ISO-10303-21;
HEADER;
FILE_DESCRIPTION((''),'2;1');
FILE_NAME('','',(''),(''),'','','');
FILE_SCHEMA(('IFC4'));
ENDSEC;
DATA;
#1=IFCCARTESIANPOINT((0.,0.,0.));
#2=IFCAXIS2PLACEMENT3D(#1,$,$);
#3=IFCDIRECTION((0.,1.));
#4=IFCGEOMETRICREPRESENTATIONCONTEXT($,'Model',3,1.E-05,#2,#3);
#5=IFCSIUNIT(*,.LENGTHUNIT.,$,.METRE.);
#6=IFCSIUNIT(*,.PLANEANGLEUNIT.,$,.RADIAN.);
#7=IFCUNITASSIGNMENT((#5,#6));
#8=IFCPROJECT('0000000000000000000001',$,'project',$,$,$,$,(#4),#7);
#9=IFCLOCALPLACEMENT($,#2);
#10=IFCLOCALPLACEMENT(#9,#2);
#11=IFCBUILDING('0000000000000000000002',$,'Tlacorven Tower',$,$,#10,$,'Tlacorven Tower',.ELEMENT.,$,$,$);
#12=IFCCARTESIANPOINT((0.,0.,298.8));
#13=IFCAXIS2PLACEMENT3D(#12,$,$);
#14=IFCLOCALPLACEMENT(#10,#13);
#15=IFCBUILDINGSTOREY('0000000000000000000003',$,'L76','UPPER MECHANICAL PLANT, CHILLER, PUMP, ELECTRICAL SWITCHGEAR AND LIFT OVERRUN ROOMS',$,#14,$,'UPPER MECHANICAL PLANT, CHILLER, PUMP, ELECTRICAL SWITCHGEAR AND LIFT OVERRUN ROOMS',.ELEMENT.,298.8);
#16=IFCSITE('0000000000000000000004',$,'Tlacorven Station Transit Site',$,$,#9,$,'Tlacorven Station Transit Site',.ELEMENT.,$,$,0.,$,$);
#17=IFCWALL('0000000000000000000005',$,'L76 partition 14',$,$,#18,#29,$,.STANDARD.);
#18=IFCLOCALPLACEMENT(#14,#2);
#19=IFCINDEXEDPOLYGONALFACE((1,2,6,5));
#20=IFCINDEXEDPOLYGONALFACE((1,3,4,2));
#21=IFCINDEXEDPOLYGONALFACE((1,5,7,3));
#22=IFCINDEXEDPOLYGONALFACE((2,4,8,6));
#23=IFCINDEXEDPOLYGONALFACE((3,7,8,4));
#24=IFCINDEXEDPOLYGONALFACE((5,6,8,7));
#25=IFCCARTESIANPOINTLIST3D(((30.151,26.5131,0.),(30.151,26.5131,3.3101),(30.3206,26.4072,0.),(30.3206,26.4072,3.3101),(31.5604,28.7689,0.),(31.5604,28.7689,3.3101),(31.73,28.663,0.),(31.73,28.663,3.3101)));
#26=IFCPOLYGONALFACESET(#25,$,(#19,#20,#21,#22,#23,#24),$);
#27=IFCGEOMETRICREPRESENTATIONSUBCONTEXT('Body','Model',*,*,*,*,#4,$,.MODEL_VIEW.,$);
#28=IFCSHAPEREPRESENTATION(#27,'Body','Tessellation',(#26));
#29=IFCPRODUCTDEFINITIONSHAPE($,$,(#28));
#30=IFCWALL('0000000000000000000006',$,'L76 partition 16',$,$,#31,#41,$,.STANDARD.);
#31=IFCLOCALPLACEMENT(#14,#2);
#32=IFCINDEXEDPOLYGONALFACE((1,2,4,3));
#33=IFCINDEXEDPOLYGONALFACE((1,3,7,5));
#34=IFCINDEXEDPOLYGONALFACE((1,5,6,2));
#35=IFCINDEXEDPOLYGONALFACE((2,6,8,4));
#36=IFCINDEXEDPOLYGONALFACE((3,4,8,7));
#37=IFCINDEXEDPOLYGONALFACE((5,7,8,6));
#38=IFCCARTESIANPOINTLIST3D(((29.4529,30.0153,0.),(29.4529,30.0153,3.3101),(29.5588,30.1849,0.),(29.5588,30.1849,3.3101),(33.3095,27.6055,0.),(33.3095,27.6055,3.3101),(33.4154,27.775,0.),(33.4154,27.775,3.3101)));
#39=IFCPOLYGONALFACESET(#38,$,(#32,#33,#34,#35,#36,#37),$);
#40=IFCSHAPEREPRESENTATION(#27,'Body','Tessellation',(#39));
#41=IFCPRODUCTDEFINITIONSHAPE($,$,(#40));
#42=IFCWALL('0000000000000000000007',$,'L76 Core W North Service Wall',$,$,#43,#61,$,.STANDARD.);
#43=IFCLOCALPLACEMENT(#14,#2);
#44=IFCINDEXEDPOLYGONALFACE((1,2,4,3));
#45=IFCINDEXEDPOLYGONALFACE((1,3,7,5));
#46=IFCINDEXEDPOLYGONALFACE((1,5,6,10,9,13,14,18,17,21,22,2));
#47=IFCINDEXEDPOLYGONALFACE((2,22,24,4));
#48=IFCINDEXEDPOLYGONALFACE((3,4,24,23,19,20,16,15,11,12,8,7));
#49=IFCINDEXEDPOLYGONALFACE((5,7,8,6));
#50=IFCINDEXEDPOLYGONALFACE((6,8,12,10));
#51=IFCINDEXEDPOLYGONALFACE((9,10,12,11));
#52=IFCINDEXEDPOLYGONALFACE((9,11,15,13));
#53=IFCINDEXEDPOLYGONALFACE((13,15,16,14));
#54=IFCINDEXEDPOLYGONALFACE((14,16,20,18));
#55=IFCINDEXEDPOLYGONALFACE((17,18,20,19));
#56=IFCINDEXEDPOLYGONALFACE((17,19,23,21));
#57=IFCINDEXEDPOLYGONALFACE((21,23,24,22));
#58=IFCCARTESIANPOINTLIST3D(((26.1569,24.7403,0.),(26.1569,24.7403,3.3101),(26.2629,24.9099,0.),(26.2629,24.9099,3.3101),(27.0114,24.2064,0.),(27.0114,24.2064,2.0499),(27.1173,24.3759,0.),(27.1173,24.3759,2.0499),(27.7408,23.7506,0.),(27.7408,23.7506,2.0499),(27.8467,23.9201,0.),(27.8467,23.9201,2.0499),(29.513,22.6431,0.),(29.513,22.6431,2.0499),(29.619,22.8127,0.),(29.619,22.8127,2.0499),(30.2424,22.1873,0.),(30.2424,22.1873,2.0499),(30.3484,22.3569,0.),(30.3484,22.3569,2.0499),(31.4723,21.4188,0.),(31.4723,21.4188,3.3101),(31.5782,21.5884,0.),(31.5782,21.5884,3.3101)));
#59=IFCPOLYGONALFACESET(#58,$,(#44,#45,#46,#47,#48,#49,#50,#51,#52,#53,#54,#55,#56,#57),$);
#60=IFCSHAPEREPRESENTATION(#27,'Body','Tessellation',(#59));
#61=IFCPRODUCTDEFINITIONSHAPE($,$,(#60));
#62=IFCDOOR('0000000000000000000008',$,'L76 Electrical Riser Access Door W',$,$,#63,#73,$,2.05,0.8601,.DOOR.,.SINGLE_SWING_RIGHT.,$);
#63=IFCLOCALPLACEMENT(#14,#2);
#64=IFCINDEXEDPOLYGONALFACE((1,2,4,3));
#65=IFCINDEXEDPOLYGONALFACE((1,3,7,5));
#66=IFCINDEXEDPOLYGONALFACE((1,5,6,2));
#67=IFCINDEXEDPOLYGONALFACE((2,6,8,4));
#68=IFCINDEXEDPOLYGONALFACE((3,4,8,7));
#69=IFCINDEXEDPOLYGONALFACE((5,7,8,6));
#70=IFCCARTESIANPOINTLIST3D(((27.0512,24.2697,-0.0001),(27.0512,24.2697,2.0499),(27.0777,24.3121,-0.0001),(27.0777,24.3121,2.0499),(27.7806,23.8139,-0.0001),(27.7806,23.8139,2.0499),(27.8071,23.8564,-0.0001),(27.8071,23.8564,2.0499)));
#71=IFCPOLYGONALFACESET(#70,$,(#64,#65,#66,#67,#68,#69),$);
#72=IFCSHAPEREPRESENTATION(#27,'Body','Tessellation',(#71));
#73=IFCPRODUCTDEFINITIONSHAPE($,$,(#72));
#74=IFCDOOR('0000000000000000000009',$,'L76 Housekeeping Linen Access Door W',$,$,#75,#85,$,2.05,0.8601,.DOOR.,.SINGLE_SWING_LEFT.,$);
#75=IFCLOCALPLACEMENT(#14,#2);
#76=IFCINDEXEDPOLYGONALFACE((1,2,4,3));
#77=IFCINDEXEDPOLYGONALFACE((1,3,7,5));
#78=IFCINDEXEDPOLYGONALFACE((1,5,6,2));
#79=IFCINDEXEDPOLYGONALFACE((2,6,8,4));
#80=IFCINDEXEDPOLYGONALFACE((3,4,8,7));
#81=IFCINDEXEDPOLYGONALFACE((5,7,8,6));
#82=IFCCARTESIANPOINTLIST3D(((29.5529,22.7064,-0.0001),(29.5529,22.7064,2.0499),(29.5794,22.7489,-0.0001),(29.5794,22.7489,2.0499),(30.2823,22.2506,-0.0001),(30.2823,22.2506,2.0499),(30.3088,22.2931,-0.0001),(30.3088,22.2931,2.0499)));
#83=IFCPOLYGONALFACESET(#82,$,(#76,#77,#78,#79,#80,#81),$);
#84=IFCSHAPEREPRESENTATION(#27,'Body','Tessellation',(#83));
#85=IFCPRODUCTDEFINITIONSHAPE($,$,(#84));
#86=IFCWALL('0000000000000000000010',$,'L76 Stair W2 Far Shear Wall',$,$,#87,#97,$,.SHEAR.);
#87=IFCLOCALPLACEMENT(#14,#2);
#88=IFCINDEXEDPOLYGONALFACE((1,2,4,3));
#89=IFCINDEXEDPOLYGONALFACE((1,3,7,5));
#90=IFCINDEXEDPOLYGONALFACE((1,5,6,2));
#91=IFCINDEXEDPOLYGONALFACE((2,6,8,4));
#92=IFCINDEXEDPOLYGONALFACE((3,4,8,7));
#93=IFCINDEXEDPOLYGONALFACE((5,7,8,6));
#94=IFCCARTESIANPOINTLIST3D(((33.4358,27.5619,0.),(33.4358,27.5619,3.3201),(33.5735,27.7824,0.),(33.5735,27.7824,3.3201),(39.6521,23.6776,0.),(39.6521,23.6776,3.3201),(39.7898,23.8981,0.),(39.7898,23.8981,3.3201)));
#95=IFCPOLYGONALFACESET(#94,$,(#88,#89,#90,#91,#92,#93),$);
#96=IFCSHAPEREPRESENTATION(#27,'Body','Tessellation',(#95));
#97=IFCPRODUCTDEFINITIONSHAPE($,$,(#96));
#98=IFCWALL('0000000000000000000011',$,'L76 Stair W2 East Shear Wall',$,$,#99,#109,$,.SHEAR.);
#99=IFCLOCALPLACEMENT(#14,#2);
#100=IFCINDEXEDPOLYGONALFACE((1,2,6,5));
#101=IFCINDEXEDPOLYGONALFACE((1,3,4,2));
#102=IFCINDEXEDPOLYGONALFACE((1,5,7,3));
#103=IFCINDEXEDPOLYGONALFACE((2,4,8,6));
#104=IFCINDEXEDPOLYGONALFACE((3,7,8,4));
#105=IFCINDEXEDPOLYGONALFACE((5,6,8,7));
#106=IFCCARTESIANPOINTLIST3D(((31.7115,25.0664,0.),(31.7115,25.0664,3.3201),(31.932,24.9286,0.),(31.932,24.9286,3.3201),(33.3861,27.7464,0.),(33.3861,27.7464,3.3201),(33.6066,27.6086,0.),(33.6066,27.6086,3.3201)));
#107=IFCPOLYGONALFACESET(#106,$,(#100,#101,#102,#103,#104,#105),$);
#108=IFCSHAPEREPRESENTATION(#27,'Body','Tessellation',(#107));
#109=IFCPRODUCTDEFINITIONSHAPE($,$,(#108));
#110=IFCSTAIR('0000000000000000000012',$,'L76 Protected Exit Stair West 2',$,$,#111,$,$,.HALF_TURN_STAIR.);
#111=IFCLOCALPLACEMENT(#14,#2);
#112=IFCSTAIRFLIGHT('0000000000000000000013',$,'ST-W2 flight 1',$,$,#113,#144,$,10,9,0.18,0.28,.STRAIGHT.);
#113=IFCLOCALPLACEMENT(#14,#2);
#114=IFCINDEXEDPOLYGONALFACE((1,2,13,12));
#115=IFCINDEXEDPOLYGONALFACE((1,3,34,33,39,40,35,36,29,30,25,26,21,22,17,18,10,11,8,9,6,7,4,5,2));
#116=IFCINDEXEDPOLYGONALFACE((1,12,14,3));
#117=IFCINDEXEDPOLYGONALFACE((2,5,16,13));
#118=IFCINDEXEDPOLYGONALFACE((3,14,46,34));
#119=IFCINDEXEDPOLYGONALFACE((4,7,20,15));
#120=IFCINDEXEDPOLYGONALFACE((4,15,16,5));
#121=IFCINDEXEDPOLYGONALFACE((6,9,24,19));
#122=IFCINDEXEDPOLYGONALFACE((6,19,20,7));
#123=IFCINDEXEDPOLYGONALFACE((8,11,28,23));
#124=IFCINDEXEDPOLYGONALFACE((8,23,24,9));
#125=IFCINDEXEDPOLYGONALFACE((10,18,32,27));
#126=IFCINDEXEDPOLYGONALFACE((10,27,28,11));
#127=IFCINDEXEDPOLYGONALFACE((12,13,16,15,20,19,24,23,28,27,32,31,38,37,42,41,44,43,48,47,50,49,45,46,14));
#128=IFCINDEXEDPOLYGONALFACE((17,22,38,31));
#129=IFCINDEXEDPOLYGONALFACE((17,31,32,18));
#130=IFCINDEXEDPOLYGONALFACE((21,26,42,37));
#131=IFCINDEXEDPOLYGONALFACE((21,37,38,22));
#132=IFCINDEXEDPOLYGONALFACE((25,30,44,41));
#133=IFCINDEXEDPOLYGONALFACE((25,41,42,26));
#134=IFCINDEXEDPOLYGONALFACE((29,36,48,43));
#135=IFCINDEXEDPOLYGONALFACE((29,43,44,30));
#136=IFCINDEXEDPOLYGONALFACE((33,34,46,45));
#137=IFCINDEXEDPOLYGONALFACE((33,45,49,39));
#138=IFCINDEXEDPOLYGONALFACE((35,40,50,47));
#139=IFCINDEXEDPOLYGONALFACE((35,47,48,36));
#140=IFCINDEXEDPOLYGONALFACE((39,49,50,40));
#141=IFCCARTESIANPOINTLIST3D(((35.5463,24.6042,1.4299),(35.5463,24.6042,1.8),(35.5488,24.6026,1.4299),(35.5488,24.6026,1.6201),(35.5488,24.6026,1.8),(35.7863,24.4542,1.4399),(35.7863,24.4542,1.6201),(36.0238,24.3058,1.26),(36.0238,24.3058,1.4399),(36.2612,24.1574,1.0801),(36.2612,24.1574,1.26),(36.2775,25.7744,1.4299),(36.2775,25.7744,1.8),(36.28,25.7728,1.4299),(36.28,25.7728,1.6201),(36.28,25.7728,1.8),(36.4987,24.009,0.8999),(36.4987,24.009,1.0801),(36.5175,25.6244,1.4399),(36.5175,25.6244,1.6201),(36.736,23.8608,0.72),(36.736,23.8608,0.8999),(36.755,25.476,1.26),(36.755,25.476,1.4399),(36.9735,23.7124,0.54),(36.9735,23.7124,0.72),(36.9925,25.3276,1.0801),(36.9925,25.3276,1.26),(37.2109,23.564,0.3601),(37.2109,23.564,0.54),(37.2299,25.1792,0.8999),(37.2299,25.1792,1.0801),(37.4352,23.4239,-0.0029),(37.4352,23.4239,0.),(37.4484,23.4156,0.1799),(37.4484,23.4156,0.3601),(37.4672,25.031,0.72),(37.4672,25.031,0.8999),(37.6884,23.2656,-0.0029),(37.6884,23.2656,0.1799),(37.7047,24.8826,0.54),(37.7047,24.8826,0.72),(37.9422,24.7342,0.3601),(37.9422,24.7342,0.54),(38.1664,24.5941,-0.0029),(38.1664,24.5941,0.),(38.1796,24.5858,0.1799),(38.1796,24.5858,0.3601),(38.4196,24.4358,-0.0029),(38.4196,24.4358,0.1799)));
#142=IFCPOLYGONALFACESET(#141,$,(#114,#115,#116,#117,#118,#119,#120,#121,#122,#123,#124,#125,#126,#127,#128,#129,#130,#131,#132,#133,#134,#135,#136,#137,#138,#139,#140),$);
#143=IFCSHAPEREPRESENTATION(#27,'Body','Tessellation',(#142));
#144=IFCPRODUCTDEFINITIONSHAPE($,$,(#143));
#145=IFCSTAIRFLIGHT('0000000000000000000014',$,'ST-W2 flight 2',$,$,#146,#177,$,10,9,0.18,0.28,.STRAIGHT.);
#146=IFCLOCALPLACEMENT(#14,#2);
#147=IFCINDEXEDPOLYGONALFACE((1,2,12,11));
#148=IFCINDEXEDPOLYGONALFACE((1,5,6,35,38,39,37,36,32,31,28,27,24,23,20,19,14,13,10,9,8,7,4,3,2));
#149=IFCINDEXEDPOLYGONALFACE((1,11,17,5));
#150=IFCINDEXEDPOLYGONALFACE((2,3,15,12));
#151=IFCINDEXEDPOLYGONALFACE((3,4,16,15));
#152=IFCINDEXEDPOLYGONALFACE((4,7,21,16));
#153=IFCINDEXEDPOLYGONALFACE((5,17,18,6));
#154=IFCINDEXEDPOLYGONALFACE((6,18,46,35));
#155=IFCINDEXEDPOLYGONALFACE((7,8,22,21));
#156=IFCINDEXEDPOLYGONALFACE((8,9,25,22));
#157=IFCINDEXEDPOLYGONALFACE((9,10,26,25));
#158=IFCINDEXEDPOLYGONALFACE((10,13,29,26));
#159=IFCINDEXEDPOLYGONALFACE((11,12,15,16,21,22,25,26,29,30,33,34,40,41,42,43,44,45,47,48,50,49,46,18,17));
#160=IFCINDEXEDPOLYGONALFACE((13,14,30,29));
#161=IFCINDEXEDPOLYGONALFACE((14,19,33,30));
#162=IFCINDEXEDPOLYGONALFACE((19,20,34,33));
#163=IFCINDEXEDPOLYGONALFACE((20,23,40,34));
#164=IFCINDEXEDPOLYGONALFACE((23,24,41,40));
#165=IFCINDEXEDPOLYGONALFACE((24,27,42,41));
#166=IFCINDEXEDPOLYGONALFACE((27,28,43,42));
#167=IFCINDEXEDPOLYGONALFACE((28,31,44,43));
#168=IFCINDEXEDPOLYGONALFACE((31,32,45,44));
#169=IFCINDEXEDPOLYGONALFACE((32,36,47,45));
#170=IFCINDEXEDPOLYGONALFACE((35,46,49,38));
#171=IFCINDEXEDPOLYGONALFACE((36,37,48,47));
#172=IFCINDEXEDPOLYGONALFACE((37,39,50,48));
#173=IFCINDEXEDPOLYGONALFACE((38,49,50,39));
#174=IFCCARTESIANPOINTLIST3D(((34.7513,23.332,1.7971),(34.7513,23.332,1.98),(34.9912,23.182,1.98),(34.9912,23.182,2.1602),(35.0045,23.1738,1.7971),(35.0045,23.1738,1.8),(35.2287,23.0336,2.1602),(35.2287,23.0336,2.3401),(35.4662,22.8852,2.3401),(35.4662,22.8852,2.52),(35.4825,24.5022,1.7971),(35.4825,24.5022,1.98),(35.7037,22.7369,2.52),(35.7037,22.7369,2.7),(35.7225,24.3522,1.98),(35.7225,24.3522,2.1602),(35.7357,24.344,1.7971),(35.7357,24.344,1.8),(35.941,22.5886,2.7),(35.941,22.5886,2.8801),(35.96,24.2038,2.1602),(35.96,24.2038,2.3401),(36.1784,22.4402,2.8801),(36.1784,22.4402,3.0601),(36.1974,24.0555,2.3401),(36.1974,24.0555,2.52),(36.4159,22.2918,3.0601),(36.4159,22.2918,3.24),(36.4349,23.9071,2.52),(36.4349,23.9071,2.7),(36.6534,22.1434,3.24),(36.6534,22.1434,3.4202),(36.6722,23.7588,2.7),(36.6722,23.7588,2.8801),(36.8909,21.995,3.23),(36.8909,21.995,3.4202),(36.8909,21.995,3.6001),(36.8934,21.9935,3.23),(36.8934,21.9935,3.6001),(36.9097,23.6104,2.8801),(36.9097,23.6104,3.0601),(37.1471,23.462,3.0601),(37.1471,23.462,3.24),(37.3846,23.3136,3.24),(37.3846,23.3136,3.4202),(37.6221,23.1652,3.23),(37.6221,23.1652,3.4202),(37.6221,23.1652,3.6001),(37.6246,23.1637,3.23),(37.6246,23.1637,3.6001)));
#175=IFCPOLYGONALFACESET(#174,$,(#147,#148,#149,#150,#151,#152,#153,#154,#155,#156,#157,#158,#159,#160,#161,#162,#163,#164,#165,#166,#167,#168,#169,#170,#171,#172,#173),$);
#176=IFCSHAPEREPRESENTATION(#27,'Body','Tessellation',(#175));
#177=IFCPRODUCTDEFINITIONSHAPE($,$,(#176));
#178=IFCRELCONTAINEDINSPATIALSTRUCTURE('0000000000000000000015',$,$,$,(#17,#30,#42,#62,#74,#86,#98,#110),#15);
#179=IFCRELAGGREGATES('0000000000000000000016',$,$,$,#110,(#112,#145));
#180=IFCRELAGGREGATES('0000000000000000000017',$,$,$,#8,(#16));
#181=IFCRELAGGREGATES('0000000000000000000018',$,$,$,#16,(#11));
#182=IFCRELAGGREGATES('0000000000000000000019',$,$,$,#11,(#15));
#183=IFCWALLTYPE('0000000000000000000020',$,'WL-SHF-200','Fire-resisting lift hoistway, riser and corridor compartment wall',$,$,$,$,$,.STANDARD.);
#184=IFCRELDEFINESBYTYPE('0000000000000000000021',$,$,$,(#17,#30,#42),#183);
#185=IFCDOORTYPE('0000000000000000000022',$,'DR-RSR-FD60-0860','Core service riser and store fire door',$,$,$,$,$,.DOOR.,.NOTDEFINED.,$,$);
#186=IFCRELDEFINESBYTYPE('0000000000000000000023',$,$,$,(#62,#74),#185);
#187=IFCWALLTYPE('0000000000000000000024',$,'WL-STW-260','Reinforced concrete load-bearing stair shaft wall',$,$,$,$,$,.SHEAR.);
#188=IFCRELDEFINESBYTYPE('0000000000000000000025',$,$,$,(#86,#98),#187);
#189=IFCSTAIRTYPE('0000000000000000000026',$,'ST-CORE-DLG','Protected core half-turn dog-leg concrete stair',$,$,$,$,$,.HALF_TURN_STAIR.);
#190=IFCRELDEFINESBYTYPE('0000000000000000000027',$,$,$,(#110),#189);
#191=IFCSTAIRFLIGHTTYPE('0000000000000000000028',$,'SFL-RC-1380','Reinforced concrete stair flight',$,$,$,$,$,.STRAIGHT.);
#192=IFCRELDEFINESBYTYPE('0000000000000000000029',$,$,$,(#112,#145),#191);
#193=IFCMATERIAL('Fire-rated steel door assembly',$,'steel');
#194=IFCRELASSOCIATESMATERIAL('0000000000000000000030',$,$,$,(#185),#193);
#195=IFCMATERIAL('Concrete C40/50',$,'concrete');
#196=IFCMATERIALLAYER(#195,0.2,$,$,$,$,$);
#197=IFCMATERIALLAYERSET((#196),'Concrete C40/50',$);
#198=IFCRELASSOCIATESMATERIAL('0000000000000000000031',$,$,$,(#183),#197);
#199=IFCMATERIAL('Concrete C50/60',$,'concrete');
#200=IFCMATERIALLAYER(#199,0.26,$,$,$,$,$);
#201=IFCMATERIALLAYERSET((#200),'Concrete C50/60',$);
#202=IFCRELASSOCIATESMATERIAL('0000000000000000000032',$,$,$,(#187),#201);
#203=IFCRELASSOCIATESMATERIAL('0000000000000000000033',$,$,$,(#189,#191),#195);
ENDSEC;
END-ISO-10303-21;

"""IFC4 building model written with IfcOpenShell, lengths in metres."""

from ifc_helpers import new_model, si_unit, direction, frame, frame_2d, origin, place, context, subcontext, project, spatial, polyline, rectangle, outline, extrude, source, transform, mapped, material, layer, layer_set, type_object, element, fill, aggregate, save


model = new_model("IFC4")

# Units and contexts
model_context = context("Model", 3, precision=1e-05, world=origin(), true_north=direction((0.0, 1.0)))
body_context = subcontext(model_context, "Body", "Model", "MODEL_VIEW")
ifc_project = project(units=[si_unit("LENGTHUNIT", "METRE"), si_unit("PLANEANGLEUNIT", "RADIAN")], contexts=[model_context])

# Site, building, storey
site_placement = place(None, origin())
site = spatial("IfcSite", under=ifc_project, at=site_placement, Name="Tlacorven Station Transit Site", LongName="Tlacorven Station Transit Site", CompositionType="ELEMENT", RefElevation=0.0)
building_placement = place(site_placement, origin())
building = spatial("IfcBuilding", under=site, at=building_placement, Name="Tlacorven Tower", LongName="Tlacorven Tower", CompositionType="ELEMENT")
storey_placement = place(building_placement, frame((0.0, 0.0, 298.8)))
storey = spatial("IfcBuildingStorey", under=building, at=storey_placement, Name="L76", Description="UPPER MECHANICAL PLANT, CHILLER, PUMP, ELECTRICAL SWITCHGEAR AND LIFT OVERRUN ROOMS", LongName="UPPER MECHANICAL PLANT, CHILLER, PUMP, ELECTRICAL SWITCHGEAR AND LIFT OVERRUN ROOMS", CompositionType="ELEMENT", Elevation=298.8)

# Shared definitions
ifc_material_1 = material(Name="Concrete C50/60", Category="concrete")

# Shared definitions
ifc_material_2 = material(Name="Fire-rated steel door assembly", Category="steel")
door_type = type_object("IfcDoorType", Name="DR-RSR-FD60-0860", Description="Core service riser and store fire door", OperationType="NOTDEFINED", PredefinedType="DOOR", material=ifc_material_2)
shared_shape_1 = source(origin(), body_context, "Body", "SweptSolid", [
    extrude(rectangle(XDim=0.8601, YDim=2.05, at=frame_2d((0.4302, 1.0249))), frame((0.0, 0.0249, 0.0), z_axis=(0.0, -1.0, 0.0), x_axis=(1.0, 0.0, 0.0)), (0.0, 0.0, 1.0), 0.05),
])

# Walls
ifc_material_3 = material(Name="Concrete C40/50", Category="concrete")
ifc_layer_1 = layer(ifc_material_3, 0.2)
ifc_layer_set_1 = layer_set([ifc_layer_1], Name="Concrete C40/50")
wall_type_1 = type_object("IfcWallType", Name="WL-SHF-200", Description="Fire-resisting lift hoistway, riser and corridor compartment wall", PredefinedType="STANDARD", material=ifc_layer_set_1)
wall_1_placement = place(storey_placement, frame((31.6453, 28.7161, 0.0), z_axis=(0.0, 0.0, 1.0), x_axis=(-0.529867, -0.848081, 0.0)))
element("IfcWall", 1, at=wall_1_placement, inside=storey, type_object=wall_type_1, Name="L76 partition 14", PredefinedType="STANDARD", context=body_context, shape_type="SweptSolid", body=[
    extrude(rectangle(XDim=2.6599, YDim=0.2, at=frame_2d((1.3301, 0.0))), origin(), (0.0, 0.0, 1.0), 3.3101),
])
wall_2_placement = place(storey_placement, frame((33.3625, 27.6902, 0.0), z_axis=(0.0, 0.0, 1.0), x_axis=(-0.84805, 0.529917, 0.0)))
element("IfcWall", 2, at=wall_2_placement, inside=storey, type_object=wall_type_1, Name="L76 partition 16", PredefinedType="STANDARD", context=body_context, shape_type="SweptSolid", body=[
    extrude(rectangle(XDim=4.5476, YDim=0.2, at=frame_2d((2.2739, 0.0))), origin(), (0.0, 0.0, 1.0), 3.3101),
])

# Wall, openings, doors
wall_3_placement = place(storey_placement, frame((31.5251, 21.5037, 0.0), z_axis=(0.0, 0.0, 1.0), x_axis=(-0.848042, 0.529929, 0.0)))
wall_3 = element("IfcWall", 3, at=wall_3_placement, inside=storey, type_object=wall_type_1, Name="L76 Core W North Service Wall", PredefinedType="STANDARD", context=body_context, shape_type="SweptSolid", body=[
    extrude(rectangle(XDim=6.2678, YDim=0.2, at=frame_2d((3.1338, 0.0))), origin(), (0.0, 0.0, 1.0), 3.3101),
])
opening_1_placement = place(wall_3_placement, frame((4.3999, 0.0, 0.0)))
opening_1 = element("IfcOpeningElement", 4, at=opening_1_placement, cuts=wall_3, PredefinedType="OPENING", context=body_context, shape_type="SweptSolid", body=[
    extrude(rectangle(XDim=0.8601, YDim=2.05, at=frame_2d((0.4302, 1.0249))), frame((0.0, 0.1099, 0.0), z_axis=(0.0, -1.0, 0.0), x_axis=(1.0, 0.0, 0.0)), (0.0, 0.0, 1.0), 0.22),
])
opening_2_placement = place(wall_3_placement, frame((1.45, 0.0, 0.0)))
opening_2 = element("IfcOpeningElement", 5, at=opening_2_placement, cuts=wall_3, PredefinedType="OPENING", context=body_context, shape_type="SweptSolid", body=[
    extrude(rectangle(XDim=0.8601, YDim=2.05, at=frame_2d((0.4302, 1.0249))), frame((0.0, 0.1099, 0.0), z_axis=(0.0, -1.0, 0.0), x_axis=(1.0, 0.0, 0.0)), (0.0, 0.0, 1.0), 0.22),
])
door_1_placement = place(opening_1_placement, frame((0.8601, 0.0, 0.0), z_axis=(0.0, 0.0, 1.0), x_axis=(-1.0, 0.0, 0.0)))
door_1 = element("IfcDoor", 6, at=door_1_placement, inside=storey, type_object=door_type, Name="L76 Electrical Riser Access Door W", OperationType="SINGLE_SWING_RIGHT", OverallHeight=2.05, OverallWidth=0.8601, PredefinedType="DOOR", context=body_context, shape_type="MappedRepresentation", body=[
    mapped(shared_shape_1, transform((0.0, 0.0, 0.0), scale=1.0)),
])
fill(opening_1, door_1)
door_2_placement = place(opening_2_placement, frame((0.8601, 0.0, 0.0), z_axis=(0.0, 0.0, 1.0), x_axis=(-1.0, 0.0, 0.0)))
door_2 = element("IfcDoor", 7, at=door_2_placement, inside=storey, type_object=door_type, Name="L76 Housekeeping Linen Access Door W", OperationType="SINGLE_SWING_LEFT", OverallHeight=2.05, OverallWidth=0.8601, PredefinedType="DOOR", context=body_context, shape_type="MappedRepresentation", body=[
    mapped(shared_shape_1, transform((0.0, 0.0, 0.0), scale=1.0)),
])
fill(opening_2, door_2)

# Walls
ifc_layer_2 = layer(ifc_material_1, 0.26)
ifc_layer_set_2 = layer_set([ifc_layer_2], Name="Concrete C50/60")
wall_type_2 = type_object("IfcWallType", Name="WL-STW-260", Description="Reinforced concrete load-bearing stair shaft wall", PredefinedType="SHEAR", material=ifc_layer_set_2)
wall_4_placement = place(storey_placement, frame((39.7209, 23.7878, 0.0), z_axis=(0.0, 0.0, 1.0), x_axis=(-0.848054, 0.529909, 0.0)))
element("IfcWall", 8, at=wall_4_placement, inside=storey, type_object=wall_type_2, Name="L76 Stair W2 Far Shear Wall", PredefinedType="SHEAR", context=body_context, shape_type="SweptSolid", body=[
    extrude(rectangle(XDim=7.3301, YDim=0.26, at=frame_2d((3.665, 0.0))), origin(), (0.0, 0.0, 1.0), 3.3201),
])
wall_5_placement = place(storey_placement, frame((33.4963, 27.6775, 0.0), z_axis=(0.0, 0.0, 1.0), x_axis=(-0.529909, -0.848055, 0.0)))
element("IfcWall", 9, at=wall_5_placement, inside=storey, type_object=wall_type_2, Name="L76 Stair W2 East Shear Wall", PredefinedType="SHEAR", context=body_context, shape_type="SweptSolid", body=[
    extrude(rectangle(XDim=3.1602, YDim=0.26, at=frame_2d((1.5801, 0.0))), origin(), (0.0, 0.0, 1.0), 3.3201),
])

# Stair, stair flights
stair_type = type_object("IfcStairType", Name="ST-CORE-DLG", Description="Protected core half-turn dog-leg concrete stair", PredefinedType="HALF_TURN_STAIR", material=ifc_material_3)
stair_placement = place(storey_placement, origin())
stair = element("IfcStair", 10, at=stair_placement, inside=storey, type_object=stair_type, Name="L76 Protected Exit Stair West 2", PredefinedType="HALF_TURN_STAIR")
stair_flight_type = type_object("IfcStairFlightType", Name="SFL-RC-1380", Description="Reinforced concrete stair flight", PredefinedType="STRAIGHT", material=ifc_material_3)
shared_shape_2 = source(origin(), body_context, "Body", "SweptSolid", [
    extrude(outline(polyline([(-0.0029, -0.0029), (-0.0029, 0.1799), (0.28, 0.1799), (0.28, 0.3601), (0.5601, 0.3601), (0.5601, 0.54), (0.8401, 0.54), (0.8401, 0.72), (1.1201, 0.72), (1.1201, 0.8999), (1.3999, 0.8999), (1.3999, 1.0801), (1.6799, 1.0801), (1.6799, 1.26), (1.96, 1.26), (1.96, 1.4399), (2.24, 1.4399), (2.24, 1.6201), (2.52, 1.6201), (2.52, 1.8), (2.5229, 1.8), (2.5229, 1.4299), (2.52, 1.4299), (0.2957, 0.0), (0.2957, -0.0029), (-0.0029, -0.0029)])), frame((0.0, 0.6899, 0.0), z_axis=(0.0, -1.0, 0.0), x_axis=(1.0, 0.0, 0.0)), (0.0, 0.0, 1.0), 1.3799),
])
stair_flight_1_placement = place(storey_placement, frame((38.0515, 23.8523, 0.0), z_axis=(0.0, 0.0, 1.0), x_axis=(-0.848048, 0.529919, 0.0)))
stair_flight_1 = element("IfcStairFlight", 11, at=stair_flight_1_placement, type_object=stair_flight_type, Name="ST-W2 flight 1", NumberOfRisers=10, NumberOfTreads=9, PredefinedType="STRAIGHT", RiserHeight=0.18, TreadLength=0.28, context=body_context, shape_type="MappedRepresentation", body=[
    mapped(shared_shape_2, transform((0.0, 0.0, 0.0), scale=1.0)),
])
stair_flight_2_placement = place(storey_placement, frame((35.1194, 23.9155, 1.8), z_axis=(0.0, 0.0, 1.0), x_axis=(0.848048, -0.529919, 0.0)))
stair_flight_2 = element("IfcStairFlight", 12, at=stair_flight_2_placement, type_object=stair_flight_type, Name="ST-W2 flight 2", NumberOfRisers=10, NumberOfTreads=9, PredefinedType="STRAIGHT", RiserHeight=0.18, TreadLength=0.28, context=body_context, shape_type="MappedRepresentation", body=[
    mapped(shared_shape_2, transform((0.0, 0.0, 0.0), scale=1.0)),
])
aggregate(stair, [stair_flight_1, stair_flight_2])

save(model, "model.ifc")
